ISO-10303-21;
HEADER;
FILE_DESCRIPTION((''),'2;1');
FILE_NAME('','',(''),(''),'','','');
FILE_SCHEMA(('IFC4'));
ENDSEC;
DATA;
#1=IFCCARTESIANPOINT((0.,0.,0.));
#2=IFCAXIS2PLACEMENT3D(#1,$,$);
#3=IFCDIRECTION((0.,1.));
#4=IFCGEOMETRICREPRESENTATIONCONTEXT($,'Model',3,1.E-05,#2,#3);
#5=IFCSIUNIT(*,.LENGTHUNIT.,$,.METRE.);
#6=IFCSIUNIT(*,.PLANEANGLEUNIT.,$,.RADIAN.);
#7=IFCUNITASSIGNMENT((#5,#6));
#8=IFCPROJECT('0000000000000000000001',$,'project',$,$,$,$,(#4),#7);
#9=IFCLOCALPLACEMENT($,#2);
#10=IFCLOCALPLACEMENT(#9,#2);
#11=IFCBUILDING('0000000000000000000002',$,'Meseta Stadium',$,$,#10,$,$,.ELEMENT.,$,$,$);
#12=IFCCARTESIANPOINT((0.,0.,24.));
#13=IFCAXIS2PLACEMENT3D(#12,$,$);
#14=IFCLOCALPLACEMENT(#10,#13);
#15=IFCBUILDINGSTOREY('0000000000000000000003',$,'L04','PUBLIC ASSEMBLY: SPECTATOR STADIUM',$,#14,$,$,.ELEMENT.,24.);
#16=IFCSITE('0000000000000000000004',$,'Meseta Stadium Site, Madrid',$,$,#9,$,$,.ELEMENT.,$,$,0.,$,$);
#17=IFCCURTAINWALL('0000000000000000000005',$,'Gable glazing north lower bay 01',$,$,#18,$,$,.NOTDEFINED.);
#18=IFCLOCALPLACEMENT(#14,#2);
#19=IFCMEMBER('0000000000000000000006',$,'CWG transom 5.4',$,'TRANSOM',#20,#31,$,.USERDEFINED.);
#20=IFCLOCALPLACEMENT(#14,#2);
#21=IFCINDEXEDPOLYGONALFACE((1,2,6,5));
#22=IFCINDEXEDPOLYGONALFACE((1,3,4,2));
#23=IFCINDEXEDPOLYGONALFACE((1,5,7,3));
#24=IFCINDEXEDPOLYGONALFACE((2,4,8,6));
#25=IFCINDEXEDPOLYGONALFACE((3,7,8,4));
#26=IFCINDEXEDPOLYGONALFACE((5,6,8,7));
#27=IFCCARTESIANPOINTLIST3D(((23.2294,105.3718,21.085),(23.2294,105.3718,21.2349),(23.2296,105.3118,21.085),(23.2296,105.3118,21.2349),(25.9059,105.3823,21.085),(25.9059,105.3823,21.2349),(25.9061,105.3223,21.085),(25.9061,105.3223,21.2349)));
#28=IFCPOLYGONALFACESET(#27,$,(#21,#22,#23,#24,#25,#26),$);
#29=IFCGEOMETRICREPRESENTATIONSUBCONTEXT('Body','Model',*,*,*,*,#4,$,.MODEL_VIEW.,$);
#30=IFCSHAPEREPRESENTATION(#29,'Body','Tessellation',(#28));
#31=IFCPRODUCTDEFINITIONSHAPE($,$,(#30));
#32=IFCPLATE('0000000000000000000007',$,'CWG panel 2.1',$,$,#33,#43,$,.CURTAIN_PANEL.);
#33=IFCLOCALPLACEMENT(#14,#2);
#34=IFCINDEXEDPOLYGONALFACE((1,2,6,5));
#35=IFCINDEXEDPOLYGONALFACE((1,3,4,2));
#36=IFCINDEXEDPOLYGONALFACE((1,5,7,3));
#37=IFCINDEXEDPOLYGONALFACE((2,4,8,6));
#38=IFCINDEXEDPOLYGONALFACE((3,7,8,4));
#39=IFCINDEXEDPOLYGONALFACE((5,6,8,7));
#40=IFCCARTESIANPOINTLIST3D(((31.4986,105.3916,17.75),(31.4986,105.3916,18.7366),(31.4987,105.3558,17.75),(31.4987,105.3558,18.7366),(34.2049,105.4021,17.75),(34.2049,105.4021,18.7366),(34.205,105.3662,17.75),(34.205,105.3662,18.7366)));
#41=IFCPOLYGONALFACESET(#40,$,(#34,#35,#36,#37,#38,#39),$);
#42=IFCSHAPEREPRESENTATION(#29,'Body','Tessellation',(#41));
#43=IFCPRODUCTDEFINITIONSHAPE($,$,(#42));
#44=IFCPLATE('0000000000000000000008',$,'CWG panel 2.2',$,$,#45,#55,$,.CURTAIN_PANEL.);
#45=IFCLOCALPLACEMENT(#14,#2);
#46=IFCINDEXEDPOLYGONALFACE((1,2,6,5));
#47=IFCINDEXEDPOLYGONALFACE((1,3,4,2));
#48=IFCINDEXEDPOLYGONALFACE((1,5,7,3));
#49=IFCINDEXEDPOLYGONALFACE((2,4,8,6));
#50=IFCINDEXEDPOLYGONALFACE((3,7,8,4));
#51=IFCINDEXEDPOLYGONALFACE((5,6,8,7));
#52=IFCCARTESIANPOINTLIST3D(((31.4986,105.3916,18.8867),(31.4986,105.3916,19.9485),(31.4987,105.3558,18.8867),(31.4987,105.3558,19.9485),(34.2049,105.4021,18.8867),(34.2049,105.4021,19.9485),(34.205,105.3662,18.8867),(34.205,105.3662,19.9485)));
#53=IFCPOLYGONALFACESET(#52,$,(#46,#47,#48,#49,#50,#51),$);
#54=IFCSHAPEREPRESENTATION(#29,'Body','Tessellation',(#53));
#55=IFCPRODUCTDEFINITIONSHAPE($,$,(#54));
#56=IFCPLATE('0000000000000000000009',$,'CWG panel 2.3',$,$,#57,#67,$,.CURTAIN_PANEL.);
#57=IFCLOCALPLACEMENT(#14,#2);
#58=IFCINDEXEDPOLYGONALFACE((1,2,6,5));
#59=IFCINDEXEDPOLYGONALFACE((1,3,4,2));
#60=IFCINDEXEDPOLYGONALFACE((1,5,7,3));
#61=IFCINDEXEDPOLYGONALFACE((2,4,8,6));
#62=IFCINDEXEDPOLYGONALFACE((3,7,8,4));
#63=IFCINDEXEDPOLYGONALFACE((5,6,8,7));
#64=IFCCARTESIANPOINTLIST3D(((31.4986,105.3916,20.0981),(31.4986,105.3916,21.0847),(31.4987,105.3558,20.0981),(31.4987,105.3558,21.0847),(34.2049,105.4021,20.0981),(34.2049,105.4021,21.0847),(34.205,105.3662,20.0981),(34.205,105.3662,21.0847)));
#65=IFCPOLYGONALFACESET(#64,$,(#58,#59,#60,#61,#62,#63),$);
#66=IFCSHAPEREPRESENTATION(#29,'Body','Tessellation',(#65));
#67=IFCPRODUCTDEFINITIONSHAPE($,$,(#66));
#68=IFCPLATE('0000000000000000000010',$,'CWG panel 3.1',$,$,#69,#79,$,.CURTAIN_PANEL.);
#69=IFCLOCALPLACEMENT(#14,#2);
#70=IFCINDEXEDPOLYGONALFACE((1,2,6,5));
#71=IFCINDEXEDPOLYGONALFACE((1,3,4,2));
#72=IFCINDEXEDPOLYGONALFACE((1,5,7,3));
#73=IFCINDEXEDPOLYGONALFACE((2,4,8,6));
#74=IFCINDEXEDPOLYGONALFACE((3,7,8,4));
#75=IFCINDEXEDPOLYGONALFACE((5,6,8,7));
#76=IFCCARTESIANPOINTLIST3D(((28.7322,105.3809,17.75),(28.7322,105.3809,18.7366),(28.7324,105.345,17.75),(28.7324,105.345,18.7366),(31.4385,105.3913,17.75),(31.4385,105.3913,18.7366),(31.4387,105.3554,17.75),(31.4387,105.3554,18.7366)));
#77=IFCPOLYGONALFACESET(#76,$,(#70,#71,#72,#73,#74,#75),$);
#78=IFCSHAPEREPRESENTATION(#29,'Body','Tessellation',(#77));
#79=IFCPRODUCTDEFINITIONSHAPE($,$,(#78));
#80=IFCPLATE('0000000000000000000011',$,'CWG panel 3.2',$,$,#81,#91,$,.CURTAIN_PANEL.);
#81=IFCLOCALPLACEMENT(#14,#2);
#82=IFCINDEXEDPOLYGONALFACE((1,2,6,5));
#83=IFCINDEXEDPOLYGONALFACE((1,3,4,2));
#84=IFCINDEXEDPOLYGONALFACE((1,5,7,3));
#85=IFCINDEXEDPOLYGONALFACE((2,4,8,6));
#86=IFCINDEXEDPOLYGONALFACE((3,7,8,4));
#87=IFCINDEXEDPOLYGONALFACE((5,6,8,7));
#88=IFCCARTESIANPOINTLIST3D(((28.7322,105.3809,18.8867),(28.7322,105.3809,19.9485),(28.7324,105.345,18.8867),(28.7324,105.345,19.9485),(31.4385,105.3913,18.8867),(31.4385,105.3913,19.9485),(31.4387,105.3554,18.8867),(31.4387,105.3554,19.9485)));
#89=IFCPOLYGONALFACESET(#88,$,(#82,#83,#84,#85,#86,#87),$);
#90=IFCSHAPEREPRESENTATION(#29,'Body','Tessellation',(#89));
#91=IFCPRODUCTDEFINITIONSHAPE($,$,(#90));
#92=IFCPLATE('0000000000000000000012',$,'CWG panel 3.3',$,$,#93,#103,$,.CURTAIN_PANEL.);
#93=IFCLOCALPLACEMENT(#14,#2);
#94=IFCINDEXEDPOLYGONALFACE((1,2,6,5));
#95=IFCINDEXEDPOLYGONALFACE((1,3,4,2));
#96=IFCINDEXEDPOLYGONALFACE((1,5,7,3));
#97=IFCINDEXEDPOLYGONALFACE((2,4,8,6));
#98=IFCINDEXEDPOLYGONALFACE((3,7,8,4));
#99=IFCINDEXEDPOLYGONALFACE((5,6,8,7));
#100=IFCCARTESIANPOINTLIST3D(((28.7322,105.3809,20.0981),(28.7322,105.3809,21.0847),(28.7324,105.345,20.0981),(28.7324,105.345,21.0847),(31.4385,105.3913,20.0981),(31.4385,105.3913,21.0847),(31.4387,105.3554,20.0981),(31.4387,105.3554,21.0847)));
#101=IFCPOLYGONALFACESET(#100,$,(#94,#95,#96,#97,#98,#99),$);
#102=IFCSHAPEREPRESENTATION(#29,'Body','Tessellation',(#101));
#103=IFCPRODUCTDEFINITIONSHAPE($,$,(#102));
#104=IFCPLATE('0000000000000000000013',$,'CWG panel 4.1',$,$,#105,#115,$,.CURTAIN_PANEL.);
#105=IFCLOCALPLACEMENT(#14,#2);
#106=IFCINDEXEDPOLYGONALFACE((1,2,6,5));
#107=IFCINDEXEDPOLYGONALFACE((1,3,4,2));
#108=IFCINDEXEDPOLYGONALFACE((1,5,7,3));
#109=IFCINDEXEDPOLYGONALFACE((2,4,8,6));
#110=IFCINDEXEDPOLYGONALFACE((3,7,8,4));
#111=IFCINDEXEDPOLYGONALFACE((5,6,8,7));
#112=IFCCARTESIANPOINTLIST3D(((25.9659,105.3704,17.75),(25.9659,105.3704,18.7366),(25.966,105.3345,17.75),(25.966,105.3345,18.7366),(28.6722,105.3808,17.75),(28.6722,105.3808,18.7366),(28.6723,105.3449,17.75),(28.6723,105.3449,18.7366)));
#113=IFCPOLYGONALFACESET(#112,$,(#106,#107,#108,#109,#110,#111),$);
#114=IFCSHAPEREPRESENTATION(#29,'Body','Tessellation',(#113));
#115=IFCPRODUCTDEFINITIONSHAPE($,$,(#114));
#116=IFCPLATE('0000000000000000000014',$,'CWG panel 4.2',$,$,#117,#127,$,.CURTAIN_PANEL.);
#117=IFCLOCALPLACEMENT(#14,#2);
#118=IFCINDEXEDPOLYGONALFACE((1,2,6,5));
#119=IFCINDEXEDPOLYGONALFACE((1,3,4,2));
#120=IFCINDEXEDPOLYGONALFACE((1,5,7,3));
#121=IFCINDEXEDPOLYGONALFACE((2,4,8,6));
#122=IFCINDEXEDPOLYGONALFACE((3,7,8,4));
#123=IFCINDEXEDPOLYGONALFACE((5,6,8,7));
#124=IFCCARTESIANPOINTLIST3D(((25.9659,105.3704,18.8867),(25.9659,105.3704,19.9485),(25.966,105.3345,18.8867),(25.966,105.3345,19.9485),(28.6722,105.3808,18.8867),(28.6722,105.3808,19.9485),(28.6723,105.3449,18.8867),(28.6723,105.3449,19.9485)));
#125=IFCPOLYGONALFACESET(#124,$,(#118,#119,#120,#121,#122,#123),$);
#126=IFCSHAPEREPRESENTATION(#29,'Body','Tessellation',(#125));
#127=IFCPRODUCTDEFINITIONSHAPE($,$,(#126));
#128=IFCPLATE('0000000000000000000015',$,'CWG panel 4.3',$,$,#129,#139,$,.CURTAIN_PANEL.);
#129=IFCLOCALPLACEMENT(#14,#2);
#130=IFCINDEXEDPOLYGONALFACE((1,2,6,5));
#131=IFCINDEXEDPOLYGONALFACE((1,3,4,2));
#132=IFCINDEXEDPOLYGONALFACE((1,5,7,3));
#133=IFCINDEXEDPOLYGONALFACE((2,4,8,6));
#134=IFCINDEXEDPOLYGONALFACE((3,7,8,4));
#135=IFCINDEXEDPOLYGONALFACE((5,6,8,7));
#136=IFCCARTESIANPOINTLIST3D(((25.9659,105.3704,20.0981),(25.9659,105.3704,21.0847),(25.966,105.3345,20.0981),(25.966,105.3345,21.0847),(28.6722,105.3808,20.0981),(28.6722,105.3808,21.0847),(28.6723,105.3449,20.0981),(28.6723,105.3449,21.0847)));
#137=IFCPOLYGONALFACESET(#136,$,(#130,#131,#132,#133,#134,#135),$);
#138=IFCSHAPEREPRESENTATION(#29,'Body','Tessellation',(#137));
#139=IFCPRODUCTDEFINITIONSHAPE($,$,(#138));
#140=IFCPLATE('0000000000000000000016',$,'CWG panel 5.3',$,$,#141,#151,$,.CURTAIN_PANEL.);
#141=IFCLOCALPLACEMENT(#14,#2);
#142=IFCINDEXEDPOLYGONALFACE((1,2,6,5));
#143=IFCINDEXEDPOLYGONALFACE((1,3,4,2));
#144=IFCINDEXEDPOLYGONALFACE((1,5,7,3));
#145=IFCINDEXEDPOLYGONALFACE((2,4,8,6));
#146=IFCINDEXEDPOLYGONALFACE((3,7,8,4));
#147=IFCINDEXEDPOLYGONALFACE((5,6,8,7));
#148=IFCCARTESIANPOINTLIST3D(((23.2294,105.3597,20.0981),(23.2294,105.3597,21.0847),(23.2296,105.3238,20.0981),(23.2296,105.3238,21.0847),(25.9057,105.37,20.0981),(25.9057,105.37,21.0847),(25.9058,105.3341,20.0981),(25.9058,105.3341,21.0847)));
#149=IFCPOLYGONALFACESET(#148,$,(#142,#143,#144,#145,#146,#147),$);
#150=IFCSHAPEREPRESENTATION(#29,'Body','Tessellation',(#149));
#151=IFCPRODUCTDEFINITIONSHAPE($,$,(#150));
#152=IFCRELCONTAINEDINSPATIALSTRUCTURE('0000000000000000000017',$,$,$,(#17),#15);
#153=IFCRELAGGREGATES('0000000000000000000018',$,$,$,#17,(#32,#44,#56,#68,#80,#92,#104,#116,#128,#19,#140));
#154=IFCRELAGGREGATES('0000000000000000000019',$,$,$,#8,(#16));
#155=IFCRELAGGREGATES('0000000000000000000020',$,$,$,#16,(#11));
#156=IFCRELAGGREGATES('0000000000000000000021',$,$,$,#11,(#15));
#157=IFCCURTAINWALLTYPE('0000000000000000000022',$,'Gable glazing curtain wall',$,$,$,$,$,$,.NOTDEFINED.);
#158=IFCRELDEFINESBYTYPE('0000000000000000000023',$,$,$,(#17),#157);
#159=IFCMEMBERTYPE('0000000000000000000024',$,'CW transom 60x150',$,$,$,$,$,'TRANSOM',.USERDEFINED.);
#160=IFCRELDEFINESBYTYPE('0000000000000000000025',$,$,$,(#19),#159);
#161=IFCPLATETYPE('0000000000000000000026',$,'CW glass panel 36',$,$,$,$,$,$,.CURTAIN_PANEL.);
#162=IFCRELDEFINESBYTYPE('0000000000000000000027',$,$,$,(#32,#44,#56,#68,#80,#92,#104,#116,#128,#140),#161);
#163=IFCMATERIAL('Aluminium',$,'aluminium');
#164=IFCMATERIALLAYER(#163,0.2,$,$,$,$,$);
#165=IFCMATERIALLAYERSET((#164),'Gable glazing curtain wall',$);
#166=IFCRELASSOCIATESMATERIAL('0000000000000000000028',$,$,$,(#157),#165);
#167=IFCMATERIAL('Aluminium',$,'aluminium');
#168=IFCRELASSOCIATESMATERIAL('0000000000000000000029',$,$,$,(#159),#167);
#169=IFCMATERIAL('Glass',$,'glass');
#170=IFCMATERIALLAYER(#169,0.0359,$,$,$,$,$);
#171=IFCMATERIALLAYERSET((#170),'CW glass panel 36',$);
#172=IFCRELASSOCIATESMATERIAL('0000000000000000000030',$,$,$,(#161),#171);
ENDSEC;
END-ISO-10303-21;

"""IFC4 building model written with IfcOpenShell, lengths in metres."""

from ifc_helpers import new_model, si_unit, direction, frame, origin, origin_2d, place, context, subcontext, project, spatial, rectangle, extrude, material, layer, layer_set, material_profile, profile_set, type_object, element, aggregate, save


model = new_model("IFC4")

# Units and contexts
model_context = context("Model", 3, precision=1e-05, world=origin(), true_north=direction((0.0, 1.0)))
body_context = subcontext(model_context, "Body", "Model", "MODEL_VIEW")
ifc_project = project(units=[si_unit("LENGTHUNIT", "METRE"), si_unit("PLANEANGLEUNIT", "RADIAN")], contexts=[model_context])

# Site, building, storey
site_placement = place(None, origin())
site = spatial("IfcSite", under=ifc_project, at=site_placement, Name="Meseta Stadium Site, Madrid", CompositionType="ELEMENT", RefElevation=0.0)
building_placement = place(site_placement, origin())
building = spatial("IfcBuilding", under=site, at=building_placement, Name="Meseta Stadium", CompositionType="ELEMENT")
storey_placement = place(building_placement, frame((0.0, 0.0, 24.0)))
storey = spatial("IfcBuildingStorey", under=building, at=storey_placement, Name="L04", Description="PUBLIC ASSEMBLY: SPECTATOR STADIUM", CompositionType="ELEMENT", Elevation=24.0)

# Curtain wall, member, plates
ifc_material_1 = material(Name="Aluminium", Category="aluminium")
ifc_layer_1 = layer(ifc_material_1, 0.2)
ifc_layer_set_1 = layer_set([ifc_layer_1], Name="Gable glazing curtain wall")
curtain_wall_type = type_object("IfcCurtainWallType", Name="Gable glazing curtain wall", PredefinedType="NOTDEFINED", material=ifc_layer_set_1)
curtain_wall_placement = place(storey_placement, origin())
curtain_wall = element("IfcCurtainWall", 1, at=curtain_wall_placement, inside=storey, type_object=curtain_wall_type, Name="Gable glazing north lower bay 01", PredefinedType="NOTDEFINED")
ifc_material_2 = material(Name="Aluminium", Category="aluminium")
ifc_material_profile_1 = material_profile(ifc_material_2, rectangle(XDim=0.0601, YDim=0.1499, at=origin_2d()), Name="CW 60x150")
ifc_profile_set_1 = profile_set([ifc_material_profile_1], Name="Aluminium")
member_type_1 = type_object("IfcMemberType", Name="CW transom 60x150", ElementType="TRANSOM", PredefinedType="USERDEFINED", material=ifc_profile_set_1)
member_1_placement = place(storey_placement, frame((25.906, 105.3523, 21.1599), z_axis=(-0.999992, -0.003922, 0.0), x_axis=(0.003922, -0.999992, 0.0)))
member_1 = element("IfcMember", 2, at=member_1_placement, type_object=member_type_1, Name="CWG transom 5.4", ObjectType="TRANSOM", PredefinedType="USERDEFINED", context=body_context, shape_type="SweptSolid", body=[
    extrude(rectangle(XDim=0.0601, YDim=0.1499, at=origin_2d()), origin(), (0.0, 0.0, 1.0), 2.6765),
])
ifc_material_3 = material(Name="Glass", Category="glass")
ifc_layer_2 = layer(ifc_material_3, 0.0359)
ifc_layer_set_2 = layer_set([ifc_layer_2], Name="CW glass panel 36")
plate_type = type_object("IfcPlateType", Name="CW glass panel 36", PredefinedType="CURTAIN_PANEL", material=ifc_layer_set_2)
plate_1_placement = place(storey_placement, frame((32.8518, 105.3789, 17.75), z_axis=(0.0, 0.0, 1.0), x_axis=(-0.999993, -0.003848, 0.0)))
plate_1 = element("IfcPlate", 3, at=plate_1_placement, type_object=plate_type, Name="CWG panel 2.1", PredefinedType="CURTAIN_PANEL", context=body_context, shape_type="SweptSolid", body=[
    extrude(rectangle(XDim=2.7063, YDim=0.0359, at=origin_2d()), origin(), (0.0, 0.0, 1.0), 0.9866),
])
plate_2_placement = place(storey_placement, frame((32.8518, 105.3789, 18.8867), z_axis=(0.0, 0.0, 1.0), x_axis=(-0.999993, -0.003848, 0.0)))
plate_2 = element("IfcPlate", 4, at=plate_2_placement, type_object=plate_type, Name="CWG panel 2.2", PredefinedType="CURTAIN_PANEL", context=body_context, shape_type="SweptSolid", body=[
    extrude(rectangle(XDim=2.7063, YDim=0.0359, at=origin_2d()), origin(), (0.0, 0.0, 1.0), 1.0618),
])
plate_3_placement = place(storey_placement, frame((32.8518, 105.3789, 20.0981), z_axis=(0.0, 0.0, 1.0), x_axis=(-0.999993, -0.003848, 0.0)))
plate_3 = element("IfcPlate", 5, at=plate_3_placement, type_object=plate_type, Name="CWG panel 2.3", PredefinedType="CURTAIN_PANEL", context=body_context, shape_type="SweptSolid", body=[
    extrude(rectangle(XDim=2.7063, YDim=0.0359, at=origin_2d()), origin(), (0.0, 0.0, 1.0), 0.9866),
])
plate_4_placement = place(storey_placement, frame((30.0854, 105.3682, 17.75), z_axis=(0.0, 0.0, 1.0), x_axis=(-0.999993, -0.003848, 0.0)))
plate_4 = element("IfcPlate", 6, at=plate_4_placement, type_object=plate_type, Name="CWG panel 3.1", PredefinedType="CURTAIN_PANEL", context=body_context, shape_type="SweptSolid", body=[
    extrude(rectangle(XDim=2.7063, YDim=0.0359, at=origin_2d()), origin(), (0.0, 0.0, 1.0), 0.9866),
])
plate_5_placement = place(storey_placement, frame((30.0854, 105.3682, 18.8867), z_axis=(0.0, 0.0, 1.0), x_axis=(-0.999993, -0.003848, 0.0)))
plate_5 = element("IfcPlate", 7, at=plate_5_placement, type_object=plate_type, Name="CWG panel 3.2", PredefinedType="CURTAIN_PANEL", context=body_context, shape_type="SweptSolid", body=[
    extrude(rectangle(XDim=2.7063, YDim=0.0359, at=origin_2d()), origin(), (0.0, 0.0, 1.0), 1.0618),
])
plate_6_placement = place(storey_placement, frame((30.0854, 105.3682, 20.0981), z_axis=(0.0, 0.0, 1.0), x_axis=(-0.999993, -0.003848, 0.0)))
plate_6 = element("IfcPlate", 8, at=plate_6_placement, type_object=plate_type, Name="CWG panel 3.3", PredefinedType="CURTAIN_PANEL", context=body_context, shape_type="SweptSolid", body=[
    extrude(rectangle(XDim=2.7063, YDim=0.0359, at=origin_2d()), origin(), (0.0, 0.0, 1.0), 0.9866),
])
plate_7_placement = place(storey_placement, frame((27.3191, 105.3577, 17.75), z_axis=(0.0, 0.0, 1.0), x_axis=(-0.999993, -0.003848, 0.0)))
plate_7 = element("IfcPlate", 9, at=plate_7_placement, type_object=plate_type, Name="CWG panel 4.1", PredefinedType="CURTAIN_PANEL", context=body_context, shape_type="SweptSolid", body=[
    extrude(rectangle(XDim=2.7063, YDim=0.0359, at=origin_2d()), origin(), (0.0, 0.0, 1.0), 0.9866),
])
plate_8_placement = place(storey_placement, frame((27.3191, 105.3577, 18.8867), z_axis=(0.0, 0.0, 1.0), x_axis=(-0.999993, -0.003848, 0.0)))
plate_8 = element("IfcPlate", 10, at=plate_8_placement, type_object=plate_type, Name="CWG panel 4.2", PredefinedType="CURTAIN_PANEL", context=body_context, shape_type="SweptSolid", body=[
    extrude(rectangle(XDim=2.7063, YDim=0.0359, at=origin_2d()), origin(), (0.0, 0.0, 1.0), 1.0618),
])
plate_9_placement = place(storey_placement, frame((27.3191, 105.3577, 20.0981), z_axis=(0.0, 0.0, 1.0), x_axis=(-0.999993, -0.003848, 0.0)))
plate_9 = element("IfcPlate", 11, at=plate_9_placement, type_object=plate_type, Name="CWG panel 4.3", PredefinedType="CURTAIN_PANEL", context=body_context, shape_type="SweptSolid", body=[
    extrude(rectangle(XDim=2.7063, YDim=0.0359, at=origin_2d()), origin(), (0.0, 0.0, 1.0), 0.9866),
])
plate_10_placement = place(storey_placement, frame((24.5676, 105.3469, 20.0981), z_axis=(0.0, 0.0, 1.0), x_axis=(-0.999993, -0.003848, 0.0)))
plate_10 = element("IfcPlate", 12, at=plate_10_placement, type_object=plate_type, Name="CWG panel 5.3", PredefinedType="CURTAIN_PANEL", context=body_context, shape_type="SweptSolid", body=[
    extrude(rectangle(XDim=2.6763, YDim=0.0359, at=origin_2d()), origin(), (0.0, 0.0, 1.0), 0.9866),
])
aggregate(curtain_wall, [plate_1, plate_2, plate_3, plate_4, plate_5, plate_6, plate_7, plate_8, plate_9, member_1, plate_10])

save(model, "model.ifc")
